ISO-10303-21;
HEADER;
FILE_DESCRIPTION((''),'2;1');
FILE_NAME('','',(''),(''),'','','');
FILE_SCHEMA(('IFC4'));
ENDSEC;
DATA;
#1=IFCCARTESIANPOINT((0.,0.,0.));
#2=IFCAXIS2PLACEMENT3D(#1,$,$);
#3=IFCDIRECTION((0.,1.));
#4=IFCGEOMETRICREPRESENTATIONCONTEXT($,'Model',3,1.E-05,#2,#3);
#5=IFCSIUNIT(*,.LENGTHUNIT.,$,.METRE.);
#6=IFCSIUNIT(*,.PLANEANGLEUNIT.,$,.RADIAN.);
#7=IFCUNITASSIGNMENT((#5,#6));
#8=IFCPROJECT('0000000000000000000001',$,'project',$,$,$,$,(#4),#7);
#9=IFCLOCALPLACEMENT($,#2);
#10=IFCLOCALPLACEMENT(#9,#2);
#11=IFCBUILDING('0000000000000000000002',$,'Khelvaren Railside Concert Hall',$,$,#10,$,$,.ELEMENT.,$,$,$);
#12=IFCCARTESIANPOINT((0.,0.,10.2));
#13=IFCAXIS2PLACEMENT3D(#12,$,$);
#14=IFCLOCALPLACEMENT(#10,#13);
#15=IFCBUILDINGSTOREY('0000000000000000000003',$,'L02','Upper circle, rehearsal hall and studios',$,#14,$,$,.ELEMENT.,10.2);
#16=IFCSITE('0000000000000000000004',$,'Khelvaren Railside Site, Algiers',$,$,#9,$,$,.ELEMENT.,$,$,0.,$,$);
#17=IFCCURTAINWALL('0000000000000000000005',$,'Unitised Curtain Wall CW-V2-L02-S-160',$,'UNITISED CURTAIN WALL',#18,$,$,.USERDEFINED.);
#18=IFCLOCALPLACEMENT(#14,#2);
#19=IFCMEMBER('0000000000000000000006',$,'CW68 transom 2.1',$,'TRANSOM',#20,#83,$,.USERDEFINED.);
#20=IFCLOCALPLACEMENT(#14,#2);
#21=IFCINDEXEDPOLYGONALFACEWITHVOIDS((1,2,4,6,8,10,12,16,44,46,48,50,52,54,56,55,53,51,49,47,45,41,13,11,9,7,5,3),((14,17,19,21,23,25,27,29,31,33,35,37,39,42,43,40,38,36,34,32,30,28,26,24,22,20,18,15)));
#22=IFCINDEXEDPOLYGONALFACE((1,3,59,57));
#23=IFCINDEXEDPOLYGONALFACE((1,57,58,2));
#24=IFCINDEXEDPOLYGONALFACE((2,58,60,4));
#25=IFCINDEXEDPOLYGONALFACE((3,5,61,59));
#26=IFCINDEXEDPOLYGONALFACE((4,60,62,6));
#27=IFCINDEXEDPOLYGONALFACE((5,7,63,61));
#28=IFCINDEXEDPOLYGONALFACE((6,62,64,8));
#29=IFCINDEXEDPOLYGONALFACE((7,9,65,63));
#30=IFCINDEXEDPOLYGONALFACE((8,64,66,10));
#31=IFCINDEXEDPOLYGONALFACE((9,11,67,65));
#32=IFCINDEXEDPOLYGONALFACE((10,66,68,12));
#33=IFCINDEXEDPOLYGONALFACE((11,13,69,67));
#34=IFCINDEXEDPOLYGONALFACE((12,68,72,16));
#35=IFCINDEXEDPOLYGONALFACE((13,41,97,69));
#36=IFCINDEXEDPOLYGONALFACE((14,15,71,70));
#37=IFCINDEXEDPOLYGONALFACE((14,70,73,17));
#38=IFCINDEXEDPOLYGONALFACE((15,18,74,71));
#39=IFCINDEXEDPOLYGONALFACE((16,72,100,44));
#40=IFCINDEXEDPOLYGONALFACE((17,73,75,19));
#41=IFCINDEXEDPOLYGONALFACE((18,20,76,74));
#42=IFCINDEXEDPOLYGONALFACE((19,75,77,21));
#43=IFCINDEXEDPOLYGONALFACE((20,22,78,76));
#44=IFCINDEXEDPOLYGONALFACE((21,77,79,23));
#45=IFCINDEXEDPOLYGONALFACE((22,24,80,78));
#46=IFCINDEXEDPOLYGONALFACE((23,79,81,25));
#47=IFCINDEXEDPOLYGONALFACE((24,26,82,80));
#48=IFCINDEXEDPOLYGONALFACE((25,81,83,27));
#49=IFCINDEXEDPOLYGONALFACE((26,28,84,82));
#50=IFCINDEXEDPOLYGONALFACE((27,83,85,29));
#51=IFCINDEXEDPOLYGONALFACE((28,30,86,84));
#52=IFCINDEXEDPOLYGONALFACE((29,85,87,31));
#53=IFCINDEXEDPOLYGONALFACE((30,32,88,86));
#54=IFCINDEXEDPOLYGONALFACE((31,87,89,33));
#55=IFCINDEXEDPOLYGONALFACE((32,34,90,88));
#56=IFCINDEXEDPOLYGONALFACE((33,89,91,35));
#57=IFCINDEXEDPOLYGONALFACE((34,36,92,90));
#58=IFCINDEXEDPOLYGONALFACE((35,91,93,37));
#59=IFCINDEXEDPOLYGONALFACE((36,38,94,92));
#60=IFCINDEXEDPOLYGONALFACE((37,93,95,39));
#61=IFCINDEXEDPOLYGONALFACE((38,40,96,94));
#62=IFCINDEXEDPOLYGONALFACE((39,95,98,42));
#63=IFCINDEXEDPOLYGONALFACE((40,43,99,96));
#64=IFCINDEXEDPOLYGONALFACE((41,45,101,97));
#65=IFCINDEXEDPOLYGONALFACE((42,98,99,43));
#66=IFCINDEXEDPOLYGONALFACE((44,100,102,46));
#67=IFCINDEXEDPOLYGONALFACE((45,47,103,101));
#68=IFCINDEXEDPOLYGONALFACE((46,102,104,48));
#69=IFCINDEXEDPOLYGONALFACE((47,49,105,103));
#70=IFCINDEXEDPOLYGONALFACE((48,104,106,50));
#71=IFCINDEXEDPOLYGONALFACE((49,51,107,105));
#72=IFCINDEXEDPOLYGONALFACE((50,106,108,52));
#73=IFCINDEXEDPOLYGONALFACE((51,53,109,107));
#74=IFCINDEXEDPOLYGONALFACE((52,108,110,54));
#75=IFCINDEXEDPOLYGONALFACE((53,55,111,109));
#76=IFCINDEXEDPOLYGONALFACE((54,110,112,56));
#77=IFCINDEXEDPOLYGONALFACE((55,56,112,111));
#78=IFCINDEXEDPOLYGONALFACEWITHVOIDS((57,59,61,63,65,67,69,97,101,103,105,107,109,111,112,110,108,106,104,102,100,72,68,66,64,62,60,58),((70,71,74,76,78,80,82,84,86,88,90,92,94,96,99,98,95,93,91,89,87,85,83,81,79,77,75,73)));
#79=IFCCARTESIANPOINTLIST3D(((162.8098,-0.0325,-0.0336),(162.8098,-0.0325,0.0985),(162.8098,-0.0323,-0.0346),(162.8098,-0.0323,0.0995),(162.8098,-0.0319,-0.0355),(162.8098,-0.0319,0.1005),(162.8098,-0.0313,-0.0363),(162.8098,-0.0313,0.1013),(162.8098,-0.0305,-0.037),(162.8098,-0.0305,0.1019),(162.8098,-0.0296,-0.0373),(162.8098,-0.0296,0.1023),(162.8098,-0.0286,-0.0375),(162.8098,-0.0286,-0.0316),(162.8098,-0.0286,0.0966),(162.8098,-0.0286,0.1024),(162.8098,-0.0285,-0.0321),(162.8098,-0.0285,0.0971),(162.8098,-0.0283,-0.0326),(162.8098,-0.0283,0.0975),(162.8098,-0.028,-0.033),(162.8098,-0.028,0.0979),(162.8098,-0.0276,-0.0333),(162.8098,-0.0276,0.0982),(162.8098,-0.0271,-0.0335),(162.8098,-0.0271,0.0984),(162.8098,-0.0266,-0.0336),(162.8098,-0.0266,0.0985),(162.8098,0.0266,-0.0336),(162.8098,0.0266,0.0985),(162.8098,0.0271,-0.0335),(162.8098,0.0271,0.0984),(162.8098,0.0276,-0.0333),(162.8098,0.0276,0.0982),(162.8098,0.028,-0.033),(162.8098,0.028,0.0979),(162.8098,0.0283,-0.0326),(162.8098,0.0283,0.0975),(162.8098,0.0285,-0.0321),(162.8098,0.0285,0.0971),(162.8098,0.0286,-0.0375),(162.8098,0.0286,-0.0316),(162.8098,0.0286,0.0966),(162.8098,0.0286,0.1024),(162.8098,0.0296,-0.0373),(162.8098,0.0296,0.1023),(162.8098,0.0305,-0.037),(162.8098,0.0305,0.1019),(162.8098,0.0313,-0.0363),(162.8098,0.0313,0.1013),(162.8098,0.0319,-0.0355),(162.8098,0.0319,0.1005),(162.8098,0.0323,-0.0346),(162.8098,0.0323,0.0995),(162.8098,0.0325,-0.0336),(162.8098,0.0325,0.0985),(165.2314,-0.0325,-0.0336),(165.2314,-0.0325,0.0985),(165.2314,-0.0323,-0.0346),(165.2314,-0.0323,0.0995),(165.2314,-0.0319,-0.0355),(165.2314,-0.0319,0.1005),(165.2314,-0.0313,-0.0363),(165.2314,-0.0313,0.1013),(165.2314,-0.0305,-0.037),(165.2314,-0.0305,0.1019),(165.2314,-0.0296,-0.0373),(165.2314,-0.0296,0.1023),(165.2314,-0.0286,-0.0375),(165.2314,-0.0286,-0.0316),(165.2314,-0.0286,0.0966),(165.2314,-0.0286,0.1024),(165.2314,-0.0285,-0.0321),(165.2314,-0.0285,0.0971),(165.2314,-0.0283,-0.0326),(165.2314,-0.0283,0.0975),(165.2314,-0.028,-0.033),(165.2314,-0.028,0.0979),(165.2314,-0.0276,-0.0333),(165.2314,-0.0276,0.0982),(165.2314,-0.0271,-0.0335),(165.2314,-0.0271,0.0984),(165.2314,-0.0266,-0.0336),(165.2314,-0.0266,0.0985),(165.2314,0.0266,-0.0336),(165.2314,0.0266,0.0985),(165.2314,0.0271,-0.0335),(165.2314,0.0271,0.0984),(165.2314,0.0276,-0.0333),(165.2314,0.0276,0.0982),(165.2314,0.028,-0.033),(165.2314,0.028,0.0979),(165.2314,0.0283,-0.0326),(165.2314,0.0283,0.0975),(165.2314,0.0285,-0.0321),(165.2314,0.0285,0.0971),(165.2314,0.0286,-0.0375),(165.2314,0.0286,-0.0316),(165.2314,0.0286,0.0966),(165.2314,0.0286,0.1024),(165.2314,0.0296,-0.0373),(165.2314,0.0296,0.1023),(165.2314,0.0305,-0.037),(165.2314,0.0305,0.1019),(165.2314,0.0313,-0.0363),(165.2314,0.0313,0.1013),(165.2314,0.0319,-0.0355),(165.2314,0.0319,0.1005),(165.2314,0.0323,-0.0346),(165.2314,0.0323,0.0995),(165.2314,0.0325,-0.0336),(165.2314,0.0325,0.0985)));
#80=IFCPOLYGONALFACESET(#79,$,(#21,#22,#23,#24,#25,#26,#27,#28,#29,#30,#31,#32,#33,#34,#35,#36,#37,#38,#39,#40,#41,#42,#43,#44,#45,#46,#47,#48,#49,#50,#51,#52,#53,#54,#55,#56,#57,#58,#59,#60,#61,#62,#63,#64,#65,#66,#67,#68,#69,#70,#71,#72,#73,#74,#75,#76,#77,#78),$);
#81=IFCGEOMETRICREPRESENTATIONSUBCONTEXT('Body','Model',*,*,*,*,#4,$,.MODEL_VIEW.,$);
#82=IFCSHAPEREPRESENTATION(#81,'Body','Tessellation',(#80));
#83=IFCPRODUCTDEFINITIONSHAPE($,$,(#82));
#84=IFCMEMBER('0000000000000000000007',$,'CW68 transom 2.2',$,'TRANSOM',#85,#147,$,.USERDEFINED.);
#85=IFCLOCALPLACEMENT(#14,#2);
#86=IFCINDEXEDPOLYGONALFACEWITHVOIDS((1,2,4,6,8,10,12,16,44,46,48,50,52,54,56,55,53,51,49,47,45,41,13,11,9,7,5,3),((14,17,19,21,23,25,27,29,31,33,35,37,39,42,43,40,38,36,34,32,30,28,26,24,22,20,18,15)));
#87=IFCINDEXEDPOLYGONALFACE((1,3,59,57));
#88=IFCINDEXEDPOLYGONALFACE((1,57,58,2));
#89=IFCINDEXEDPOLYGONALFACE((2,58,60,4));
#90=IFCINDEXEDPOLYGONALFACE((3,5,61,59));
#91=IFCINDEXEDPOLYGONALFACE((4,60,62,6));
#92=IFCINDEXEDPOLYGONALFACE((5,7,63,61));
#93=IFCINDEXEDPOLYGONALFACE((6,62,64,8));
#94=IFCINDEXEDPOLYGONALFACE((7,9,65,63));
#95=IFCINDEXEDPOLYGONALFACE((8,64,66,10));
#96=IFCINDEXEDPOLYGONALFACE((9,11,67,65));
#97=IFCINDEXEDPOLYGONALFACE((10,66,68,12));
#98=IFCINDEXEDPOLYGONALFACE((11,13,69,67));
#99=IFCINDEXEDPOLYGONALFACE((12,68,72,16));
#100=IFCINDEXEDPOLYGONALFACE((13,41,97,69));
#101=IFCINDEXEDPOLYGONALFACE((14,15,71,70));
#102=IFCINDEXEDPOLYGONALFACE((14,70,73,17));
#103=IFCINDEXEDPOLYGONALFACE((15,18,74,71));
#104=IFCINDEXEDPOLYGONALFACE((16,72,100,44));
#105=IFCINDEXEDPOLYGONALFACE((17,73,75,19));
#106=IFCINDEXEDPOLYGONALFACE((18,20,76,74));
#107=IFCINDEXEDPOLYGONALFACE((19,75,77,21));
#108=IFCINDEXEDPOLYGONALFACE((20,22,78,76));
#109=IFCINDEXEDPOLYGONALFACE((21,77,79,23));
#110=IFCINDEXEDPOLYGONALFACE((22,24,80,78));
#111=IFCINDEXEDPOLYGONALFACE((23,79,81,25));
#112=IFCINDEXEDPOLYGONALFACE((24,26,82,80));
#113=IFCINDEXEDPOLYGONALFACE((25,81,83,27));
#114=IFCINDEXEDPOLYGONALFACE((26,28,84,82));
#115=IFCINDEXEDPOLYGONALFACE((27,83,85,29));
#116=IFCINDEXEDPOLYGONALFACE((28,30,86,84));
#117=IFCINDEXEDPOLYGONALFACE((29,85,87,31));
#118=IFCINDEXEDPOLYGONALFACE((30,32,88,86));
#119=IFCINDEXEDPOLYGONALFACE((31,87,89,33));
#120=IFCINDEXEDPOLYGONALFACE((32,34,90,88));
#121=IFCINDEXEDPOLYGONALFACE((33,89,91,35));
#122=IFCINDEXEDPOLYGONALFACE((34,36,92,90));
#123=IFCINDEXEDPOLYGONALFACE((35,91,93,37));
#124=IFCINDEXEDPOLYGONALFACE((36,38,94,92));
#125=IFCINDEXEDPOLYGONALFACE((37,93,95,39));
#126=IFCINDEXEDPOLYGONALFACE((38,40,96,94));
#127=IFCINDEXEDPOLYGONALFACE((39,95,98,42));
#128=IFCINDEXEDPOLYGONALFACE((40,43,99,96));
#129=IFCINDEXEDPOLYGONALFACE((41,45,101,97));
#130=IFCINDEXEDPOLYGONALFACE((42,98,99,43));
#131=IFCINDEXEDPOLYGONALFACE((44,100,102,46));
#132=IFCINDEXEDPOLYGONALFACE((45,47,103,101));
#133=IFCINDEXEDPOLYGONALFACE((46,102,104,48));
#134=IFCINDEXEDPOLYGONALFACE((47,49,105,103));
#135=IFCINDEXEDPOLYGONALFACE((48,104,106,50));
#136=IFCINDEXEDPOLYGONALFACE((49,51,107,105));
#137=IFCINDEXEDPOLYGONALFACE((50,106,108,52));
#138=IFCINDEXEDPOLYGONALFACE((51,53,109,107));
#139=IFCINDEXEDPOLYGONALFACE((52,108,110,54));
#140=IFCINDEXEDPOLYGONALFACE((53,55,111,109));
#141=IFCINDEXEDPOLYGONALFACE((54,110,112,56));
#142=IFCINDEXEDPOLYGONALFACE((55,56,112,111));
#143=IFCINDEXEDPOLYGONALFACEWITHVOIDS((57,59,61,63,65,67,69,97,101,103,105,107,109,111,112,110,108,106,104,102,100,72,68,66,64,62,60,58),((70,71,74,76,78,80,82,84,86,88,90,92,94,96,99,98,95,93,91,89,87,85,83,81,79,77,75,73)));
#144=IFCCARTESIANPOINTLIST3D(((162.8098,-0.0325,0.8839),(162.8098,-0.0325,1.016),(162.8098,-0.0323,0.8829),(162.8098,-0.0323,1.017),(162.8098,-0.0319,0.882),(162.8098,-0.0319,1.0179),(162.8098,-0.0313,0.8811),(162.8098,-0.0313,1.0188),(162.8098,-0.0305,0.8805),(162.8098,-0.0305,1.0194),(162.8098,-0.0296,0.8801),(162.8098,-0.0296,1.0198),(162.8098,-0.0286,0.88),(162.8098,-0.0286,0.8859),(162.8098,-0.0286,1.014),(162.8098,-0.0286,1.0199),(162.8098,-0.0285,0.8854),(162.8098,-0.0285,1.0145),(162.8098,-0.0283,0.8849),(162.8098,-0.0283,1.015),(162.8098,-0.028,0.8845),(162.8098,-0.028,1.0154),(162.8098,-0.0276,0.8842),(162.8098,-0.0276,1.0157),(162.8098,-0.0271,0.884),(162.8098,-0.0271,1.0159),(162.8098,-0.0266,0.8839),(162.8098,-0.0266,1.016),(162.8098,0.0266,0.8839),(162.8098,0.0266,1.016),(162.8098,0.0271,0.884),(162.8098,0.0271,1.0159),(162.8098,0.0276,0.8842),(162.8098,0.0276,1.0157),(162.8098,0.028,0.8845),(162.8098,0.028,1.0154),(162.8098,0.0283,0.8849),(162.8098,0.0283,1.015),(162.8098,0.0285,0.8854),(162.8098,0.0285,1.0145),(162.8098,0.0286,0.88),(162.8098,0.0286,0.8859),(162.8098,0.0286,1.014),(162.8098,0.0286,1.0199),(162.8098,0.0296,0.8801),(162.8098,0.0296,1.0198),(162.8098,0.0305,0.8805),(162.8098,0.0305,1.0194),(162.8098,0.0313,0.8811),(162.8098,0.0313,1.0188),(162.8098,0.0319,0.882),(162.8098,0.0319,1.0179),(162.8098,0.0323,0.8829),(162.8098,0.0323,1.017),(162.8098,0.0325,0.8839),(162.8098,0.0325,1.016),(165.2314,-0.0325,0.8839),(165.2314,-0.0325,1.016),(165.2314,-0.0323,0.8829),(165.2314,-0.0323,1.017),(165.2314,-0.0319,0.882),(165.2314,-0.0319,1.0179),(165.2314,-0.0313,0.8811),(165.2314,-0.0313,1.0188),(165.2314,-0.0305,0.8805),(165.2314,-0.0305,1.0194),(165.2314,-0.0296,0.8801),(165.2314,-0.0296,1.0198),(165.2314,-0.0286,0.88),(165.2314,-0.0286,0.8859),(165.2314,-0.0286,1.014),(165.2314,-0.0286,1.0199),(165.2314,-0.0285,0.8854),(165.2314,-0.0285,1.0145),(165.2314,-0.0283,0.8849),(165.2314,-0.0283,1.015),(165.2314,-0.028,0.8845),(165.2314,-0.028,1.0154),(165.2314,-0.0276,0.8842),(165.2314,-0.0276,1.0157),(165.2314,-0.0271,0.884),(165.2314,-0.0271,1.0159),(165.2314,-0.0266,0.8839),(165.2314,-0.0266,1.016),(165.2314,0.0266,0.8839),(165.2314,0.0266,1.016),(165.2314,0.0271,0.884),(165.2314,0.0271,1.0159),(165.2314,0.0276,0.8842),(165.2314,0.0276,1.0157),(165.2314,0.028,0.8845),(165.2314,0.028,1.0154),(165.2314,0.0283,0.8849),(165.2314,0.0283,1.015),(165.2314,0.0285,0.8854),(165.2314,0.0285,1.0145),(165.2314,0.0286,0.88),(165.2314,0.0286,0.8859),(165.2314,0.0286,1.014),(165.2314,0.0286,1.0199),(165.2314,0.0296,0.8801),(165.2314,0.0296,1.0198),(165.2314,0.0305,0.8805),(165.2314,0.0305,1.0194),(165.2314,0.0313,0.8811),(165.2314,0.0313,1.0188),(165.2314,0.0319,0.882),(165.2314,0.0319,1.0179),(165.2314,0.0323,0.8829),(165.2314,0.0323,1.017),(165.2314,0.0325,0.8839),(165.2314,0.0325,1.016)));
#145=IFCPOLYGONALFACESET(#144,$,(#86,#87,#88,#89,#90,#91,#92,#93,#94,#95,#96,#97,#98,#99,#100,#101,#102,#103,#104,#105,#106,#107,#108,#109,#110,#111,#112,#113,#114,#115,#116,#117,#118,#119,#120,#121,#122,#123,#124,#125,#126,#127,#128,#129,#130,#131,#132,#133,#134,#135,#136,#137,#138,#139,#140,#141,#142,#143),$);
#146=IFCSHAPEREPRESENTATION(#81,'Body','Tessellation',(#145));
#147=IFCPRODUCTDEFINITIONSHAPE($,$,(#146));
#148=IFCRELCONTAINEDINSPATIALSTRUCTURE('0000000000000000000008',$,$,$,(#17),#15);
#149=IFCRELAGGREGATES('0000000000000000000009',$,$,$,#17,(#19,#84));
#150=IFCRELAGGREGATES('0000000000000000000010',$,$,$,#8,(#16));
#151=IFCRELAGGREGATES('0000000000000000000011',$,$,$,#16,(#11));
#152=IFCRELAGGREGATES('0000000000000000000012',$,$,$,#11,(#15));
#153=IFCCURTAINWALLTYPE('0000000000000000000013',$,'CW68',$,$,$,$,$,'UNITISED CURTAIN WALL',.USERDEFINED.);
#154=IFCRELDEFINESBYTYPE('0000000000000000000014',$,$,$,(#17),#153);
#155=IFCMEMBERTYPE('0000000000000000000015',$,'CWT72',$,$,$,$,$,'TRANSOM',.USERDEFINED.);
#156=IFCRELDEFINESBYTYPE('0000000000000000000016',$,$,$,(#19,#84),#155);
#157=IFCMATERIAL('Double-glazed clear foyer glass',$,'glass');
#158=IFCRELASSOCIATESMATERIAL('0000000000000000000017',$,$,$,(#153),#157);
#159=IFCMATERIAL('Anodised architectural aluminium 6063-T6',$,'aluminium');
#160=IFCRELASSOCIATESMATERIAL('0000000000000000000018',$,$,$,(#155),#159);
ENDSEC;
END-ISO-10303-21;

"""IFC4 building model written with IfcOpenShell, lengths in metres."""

from ifc_helpers import new_model, si_unit, direction, frame, origin, origin_2d, place, context, subcontext, project, spatial, hollow_rectangle, extrude, material, material_profile, profile_set, type_object, element, aggregate, save


model = new_model("IFC4")

# Units and contexts
model_context = context("Model", 3, precision=1e-05, world=origin(), true_north=direction((0.0, 1.0)))
body_context = subcontext(model_context, "Body", "Model", "MODEL_VIEW")
ifc_project = project(units=[si_unit("LENGTHUNIT", "METRE"), si_unit("PLANEANGLEUNIT", "RADIAN")], contexts=[model_context])

# Site, building, storey
site_placement = place(None, origin())
site = spatial("IfcSite", under=ifc_project, at=site_placement, Name="Khelvaren Railside Site, Algiers", CompositionType="ELEMENT", RefElevation=0.0)
building_placement = place(site_placement, origin())
building = spatial("IfcBuilding", under=site, at=building_placement, Name="Khelvaren Railside Concert Hall", CompositionType="ELEMENT")
storey_placement = place(building_placement, frame((0.0, 0.0, 10.2)))
storey = spatial("IfcBuildingStorey", under=building, at=storey_placement, Name="L02", Description="Upper circle, rehearsal hall and studios", CompositionType="ELEMENT", Elevation=10.2)

# Curtain wall, members
ifc_material_1 = material(Name="Double-glazed clear foyer glass", Category="glass")
curtain_wall_type = type_object("IfcCurtainWallType", Name="CW68", ElementType="UNITISED CURTAIN WALL", PredefinedType="USERDEFINED", material=ifc_material_1)
curtain_wall_placement = place(storey_placement, origin())
curtain_wall = element("IfcCurtainWall", 1, at=curtain_wall_placement, inside=storey, type_object=curtain_wall_type, Name="Unitised Curtain Wall CW-V2-L02-S-160", ObjectType="UNITISED CURTAIN WALL", PredefinedType="USERDEFINED")
ifc_material_2 = material(Name="Anodised architectural aluminium 6063-T6", Category="aluminium")
ifc_material_profile_1 = material_profile(ifc_material_2, hollow_rectangle(XDim=0.0649, YDim=0.1399, WallThickness=0.0039, InnerFilletRadius=0.002, OuterFilletRadius=0.0039, at=origin_2d()), Name="CWT 65x140x4")
ifc_profile_set_1 = profile_set([ifc_material_profile_1], Name="Anodised architectural aluminium 6063-T6")
member_type_1 = type_object("IfcMemberType", Name="CWT72", ElementType="TRANSOM", PredefinedType="USERDEFINED", material=ifc_profile_set_1)
member_1_placement = place(storey_placement, frame((165.2314, 0.0, 0.0325), z_axis=(-1.0, 0.0, 0.0), x_axis=(0.0, -1.0, 0.0)))
member_1 = element("IfcMember", 2, at=member_1_placement, type_object=member_type_1, Name="CW68 transom 2.1", ObjectType="TRANSOM", PredefinedType="USERDEFINED", context=body_context, shape_type="SweptSolid", body=[
    extrude(hollow_rectangle(XDim=0.0649, YDim=0.1399, WallThickness=0.0039, InnerFilletRadius=0.002, OuterFilletRadius=0.0039, at=origin_2d()), origin(), (0.0, 0.0, 1.0), 2.4216),
])
member_2_placement = place(storey_placement, frame((165.2314, 0.0, 0.95), z_axis=(-1.0, 0.0, 0.0), x_axis=(0.0, -1.0, 0.0)))
member_2 = element("IfcMember", 3, at=member_2_placement, type_object=member_type_1, Name="CW68 transom 2.2", ObjectType="TRANSOM", PredefinedType="USERDEFINED", context=body_context, shape_type="SweptSolid", body=[
    extrude(hollow_rectangle(XDim=0.0649, YDim=0.1399, WallThickness=0.0039, InnerFilletRadius=0.002, OuterFilletRadius=0.0039, at=origin_2d()), origin(), (0.0, 0.0, 1.0), 2.4216),
])

aggregate(curtain_wall, [member_1, member_2])

save(model, "model.ifc")
